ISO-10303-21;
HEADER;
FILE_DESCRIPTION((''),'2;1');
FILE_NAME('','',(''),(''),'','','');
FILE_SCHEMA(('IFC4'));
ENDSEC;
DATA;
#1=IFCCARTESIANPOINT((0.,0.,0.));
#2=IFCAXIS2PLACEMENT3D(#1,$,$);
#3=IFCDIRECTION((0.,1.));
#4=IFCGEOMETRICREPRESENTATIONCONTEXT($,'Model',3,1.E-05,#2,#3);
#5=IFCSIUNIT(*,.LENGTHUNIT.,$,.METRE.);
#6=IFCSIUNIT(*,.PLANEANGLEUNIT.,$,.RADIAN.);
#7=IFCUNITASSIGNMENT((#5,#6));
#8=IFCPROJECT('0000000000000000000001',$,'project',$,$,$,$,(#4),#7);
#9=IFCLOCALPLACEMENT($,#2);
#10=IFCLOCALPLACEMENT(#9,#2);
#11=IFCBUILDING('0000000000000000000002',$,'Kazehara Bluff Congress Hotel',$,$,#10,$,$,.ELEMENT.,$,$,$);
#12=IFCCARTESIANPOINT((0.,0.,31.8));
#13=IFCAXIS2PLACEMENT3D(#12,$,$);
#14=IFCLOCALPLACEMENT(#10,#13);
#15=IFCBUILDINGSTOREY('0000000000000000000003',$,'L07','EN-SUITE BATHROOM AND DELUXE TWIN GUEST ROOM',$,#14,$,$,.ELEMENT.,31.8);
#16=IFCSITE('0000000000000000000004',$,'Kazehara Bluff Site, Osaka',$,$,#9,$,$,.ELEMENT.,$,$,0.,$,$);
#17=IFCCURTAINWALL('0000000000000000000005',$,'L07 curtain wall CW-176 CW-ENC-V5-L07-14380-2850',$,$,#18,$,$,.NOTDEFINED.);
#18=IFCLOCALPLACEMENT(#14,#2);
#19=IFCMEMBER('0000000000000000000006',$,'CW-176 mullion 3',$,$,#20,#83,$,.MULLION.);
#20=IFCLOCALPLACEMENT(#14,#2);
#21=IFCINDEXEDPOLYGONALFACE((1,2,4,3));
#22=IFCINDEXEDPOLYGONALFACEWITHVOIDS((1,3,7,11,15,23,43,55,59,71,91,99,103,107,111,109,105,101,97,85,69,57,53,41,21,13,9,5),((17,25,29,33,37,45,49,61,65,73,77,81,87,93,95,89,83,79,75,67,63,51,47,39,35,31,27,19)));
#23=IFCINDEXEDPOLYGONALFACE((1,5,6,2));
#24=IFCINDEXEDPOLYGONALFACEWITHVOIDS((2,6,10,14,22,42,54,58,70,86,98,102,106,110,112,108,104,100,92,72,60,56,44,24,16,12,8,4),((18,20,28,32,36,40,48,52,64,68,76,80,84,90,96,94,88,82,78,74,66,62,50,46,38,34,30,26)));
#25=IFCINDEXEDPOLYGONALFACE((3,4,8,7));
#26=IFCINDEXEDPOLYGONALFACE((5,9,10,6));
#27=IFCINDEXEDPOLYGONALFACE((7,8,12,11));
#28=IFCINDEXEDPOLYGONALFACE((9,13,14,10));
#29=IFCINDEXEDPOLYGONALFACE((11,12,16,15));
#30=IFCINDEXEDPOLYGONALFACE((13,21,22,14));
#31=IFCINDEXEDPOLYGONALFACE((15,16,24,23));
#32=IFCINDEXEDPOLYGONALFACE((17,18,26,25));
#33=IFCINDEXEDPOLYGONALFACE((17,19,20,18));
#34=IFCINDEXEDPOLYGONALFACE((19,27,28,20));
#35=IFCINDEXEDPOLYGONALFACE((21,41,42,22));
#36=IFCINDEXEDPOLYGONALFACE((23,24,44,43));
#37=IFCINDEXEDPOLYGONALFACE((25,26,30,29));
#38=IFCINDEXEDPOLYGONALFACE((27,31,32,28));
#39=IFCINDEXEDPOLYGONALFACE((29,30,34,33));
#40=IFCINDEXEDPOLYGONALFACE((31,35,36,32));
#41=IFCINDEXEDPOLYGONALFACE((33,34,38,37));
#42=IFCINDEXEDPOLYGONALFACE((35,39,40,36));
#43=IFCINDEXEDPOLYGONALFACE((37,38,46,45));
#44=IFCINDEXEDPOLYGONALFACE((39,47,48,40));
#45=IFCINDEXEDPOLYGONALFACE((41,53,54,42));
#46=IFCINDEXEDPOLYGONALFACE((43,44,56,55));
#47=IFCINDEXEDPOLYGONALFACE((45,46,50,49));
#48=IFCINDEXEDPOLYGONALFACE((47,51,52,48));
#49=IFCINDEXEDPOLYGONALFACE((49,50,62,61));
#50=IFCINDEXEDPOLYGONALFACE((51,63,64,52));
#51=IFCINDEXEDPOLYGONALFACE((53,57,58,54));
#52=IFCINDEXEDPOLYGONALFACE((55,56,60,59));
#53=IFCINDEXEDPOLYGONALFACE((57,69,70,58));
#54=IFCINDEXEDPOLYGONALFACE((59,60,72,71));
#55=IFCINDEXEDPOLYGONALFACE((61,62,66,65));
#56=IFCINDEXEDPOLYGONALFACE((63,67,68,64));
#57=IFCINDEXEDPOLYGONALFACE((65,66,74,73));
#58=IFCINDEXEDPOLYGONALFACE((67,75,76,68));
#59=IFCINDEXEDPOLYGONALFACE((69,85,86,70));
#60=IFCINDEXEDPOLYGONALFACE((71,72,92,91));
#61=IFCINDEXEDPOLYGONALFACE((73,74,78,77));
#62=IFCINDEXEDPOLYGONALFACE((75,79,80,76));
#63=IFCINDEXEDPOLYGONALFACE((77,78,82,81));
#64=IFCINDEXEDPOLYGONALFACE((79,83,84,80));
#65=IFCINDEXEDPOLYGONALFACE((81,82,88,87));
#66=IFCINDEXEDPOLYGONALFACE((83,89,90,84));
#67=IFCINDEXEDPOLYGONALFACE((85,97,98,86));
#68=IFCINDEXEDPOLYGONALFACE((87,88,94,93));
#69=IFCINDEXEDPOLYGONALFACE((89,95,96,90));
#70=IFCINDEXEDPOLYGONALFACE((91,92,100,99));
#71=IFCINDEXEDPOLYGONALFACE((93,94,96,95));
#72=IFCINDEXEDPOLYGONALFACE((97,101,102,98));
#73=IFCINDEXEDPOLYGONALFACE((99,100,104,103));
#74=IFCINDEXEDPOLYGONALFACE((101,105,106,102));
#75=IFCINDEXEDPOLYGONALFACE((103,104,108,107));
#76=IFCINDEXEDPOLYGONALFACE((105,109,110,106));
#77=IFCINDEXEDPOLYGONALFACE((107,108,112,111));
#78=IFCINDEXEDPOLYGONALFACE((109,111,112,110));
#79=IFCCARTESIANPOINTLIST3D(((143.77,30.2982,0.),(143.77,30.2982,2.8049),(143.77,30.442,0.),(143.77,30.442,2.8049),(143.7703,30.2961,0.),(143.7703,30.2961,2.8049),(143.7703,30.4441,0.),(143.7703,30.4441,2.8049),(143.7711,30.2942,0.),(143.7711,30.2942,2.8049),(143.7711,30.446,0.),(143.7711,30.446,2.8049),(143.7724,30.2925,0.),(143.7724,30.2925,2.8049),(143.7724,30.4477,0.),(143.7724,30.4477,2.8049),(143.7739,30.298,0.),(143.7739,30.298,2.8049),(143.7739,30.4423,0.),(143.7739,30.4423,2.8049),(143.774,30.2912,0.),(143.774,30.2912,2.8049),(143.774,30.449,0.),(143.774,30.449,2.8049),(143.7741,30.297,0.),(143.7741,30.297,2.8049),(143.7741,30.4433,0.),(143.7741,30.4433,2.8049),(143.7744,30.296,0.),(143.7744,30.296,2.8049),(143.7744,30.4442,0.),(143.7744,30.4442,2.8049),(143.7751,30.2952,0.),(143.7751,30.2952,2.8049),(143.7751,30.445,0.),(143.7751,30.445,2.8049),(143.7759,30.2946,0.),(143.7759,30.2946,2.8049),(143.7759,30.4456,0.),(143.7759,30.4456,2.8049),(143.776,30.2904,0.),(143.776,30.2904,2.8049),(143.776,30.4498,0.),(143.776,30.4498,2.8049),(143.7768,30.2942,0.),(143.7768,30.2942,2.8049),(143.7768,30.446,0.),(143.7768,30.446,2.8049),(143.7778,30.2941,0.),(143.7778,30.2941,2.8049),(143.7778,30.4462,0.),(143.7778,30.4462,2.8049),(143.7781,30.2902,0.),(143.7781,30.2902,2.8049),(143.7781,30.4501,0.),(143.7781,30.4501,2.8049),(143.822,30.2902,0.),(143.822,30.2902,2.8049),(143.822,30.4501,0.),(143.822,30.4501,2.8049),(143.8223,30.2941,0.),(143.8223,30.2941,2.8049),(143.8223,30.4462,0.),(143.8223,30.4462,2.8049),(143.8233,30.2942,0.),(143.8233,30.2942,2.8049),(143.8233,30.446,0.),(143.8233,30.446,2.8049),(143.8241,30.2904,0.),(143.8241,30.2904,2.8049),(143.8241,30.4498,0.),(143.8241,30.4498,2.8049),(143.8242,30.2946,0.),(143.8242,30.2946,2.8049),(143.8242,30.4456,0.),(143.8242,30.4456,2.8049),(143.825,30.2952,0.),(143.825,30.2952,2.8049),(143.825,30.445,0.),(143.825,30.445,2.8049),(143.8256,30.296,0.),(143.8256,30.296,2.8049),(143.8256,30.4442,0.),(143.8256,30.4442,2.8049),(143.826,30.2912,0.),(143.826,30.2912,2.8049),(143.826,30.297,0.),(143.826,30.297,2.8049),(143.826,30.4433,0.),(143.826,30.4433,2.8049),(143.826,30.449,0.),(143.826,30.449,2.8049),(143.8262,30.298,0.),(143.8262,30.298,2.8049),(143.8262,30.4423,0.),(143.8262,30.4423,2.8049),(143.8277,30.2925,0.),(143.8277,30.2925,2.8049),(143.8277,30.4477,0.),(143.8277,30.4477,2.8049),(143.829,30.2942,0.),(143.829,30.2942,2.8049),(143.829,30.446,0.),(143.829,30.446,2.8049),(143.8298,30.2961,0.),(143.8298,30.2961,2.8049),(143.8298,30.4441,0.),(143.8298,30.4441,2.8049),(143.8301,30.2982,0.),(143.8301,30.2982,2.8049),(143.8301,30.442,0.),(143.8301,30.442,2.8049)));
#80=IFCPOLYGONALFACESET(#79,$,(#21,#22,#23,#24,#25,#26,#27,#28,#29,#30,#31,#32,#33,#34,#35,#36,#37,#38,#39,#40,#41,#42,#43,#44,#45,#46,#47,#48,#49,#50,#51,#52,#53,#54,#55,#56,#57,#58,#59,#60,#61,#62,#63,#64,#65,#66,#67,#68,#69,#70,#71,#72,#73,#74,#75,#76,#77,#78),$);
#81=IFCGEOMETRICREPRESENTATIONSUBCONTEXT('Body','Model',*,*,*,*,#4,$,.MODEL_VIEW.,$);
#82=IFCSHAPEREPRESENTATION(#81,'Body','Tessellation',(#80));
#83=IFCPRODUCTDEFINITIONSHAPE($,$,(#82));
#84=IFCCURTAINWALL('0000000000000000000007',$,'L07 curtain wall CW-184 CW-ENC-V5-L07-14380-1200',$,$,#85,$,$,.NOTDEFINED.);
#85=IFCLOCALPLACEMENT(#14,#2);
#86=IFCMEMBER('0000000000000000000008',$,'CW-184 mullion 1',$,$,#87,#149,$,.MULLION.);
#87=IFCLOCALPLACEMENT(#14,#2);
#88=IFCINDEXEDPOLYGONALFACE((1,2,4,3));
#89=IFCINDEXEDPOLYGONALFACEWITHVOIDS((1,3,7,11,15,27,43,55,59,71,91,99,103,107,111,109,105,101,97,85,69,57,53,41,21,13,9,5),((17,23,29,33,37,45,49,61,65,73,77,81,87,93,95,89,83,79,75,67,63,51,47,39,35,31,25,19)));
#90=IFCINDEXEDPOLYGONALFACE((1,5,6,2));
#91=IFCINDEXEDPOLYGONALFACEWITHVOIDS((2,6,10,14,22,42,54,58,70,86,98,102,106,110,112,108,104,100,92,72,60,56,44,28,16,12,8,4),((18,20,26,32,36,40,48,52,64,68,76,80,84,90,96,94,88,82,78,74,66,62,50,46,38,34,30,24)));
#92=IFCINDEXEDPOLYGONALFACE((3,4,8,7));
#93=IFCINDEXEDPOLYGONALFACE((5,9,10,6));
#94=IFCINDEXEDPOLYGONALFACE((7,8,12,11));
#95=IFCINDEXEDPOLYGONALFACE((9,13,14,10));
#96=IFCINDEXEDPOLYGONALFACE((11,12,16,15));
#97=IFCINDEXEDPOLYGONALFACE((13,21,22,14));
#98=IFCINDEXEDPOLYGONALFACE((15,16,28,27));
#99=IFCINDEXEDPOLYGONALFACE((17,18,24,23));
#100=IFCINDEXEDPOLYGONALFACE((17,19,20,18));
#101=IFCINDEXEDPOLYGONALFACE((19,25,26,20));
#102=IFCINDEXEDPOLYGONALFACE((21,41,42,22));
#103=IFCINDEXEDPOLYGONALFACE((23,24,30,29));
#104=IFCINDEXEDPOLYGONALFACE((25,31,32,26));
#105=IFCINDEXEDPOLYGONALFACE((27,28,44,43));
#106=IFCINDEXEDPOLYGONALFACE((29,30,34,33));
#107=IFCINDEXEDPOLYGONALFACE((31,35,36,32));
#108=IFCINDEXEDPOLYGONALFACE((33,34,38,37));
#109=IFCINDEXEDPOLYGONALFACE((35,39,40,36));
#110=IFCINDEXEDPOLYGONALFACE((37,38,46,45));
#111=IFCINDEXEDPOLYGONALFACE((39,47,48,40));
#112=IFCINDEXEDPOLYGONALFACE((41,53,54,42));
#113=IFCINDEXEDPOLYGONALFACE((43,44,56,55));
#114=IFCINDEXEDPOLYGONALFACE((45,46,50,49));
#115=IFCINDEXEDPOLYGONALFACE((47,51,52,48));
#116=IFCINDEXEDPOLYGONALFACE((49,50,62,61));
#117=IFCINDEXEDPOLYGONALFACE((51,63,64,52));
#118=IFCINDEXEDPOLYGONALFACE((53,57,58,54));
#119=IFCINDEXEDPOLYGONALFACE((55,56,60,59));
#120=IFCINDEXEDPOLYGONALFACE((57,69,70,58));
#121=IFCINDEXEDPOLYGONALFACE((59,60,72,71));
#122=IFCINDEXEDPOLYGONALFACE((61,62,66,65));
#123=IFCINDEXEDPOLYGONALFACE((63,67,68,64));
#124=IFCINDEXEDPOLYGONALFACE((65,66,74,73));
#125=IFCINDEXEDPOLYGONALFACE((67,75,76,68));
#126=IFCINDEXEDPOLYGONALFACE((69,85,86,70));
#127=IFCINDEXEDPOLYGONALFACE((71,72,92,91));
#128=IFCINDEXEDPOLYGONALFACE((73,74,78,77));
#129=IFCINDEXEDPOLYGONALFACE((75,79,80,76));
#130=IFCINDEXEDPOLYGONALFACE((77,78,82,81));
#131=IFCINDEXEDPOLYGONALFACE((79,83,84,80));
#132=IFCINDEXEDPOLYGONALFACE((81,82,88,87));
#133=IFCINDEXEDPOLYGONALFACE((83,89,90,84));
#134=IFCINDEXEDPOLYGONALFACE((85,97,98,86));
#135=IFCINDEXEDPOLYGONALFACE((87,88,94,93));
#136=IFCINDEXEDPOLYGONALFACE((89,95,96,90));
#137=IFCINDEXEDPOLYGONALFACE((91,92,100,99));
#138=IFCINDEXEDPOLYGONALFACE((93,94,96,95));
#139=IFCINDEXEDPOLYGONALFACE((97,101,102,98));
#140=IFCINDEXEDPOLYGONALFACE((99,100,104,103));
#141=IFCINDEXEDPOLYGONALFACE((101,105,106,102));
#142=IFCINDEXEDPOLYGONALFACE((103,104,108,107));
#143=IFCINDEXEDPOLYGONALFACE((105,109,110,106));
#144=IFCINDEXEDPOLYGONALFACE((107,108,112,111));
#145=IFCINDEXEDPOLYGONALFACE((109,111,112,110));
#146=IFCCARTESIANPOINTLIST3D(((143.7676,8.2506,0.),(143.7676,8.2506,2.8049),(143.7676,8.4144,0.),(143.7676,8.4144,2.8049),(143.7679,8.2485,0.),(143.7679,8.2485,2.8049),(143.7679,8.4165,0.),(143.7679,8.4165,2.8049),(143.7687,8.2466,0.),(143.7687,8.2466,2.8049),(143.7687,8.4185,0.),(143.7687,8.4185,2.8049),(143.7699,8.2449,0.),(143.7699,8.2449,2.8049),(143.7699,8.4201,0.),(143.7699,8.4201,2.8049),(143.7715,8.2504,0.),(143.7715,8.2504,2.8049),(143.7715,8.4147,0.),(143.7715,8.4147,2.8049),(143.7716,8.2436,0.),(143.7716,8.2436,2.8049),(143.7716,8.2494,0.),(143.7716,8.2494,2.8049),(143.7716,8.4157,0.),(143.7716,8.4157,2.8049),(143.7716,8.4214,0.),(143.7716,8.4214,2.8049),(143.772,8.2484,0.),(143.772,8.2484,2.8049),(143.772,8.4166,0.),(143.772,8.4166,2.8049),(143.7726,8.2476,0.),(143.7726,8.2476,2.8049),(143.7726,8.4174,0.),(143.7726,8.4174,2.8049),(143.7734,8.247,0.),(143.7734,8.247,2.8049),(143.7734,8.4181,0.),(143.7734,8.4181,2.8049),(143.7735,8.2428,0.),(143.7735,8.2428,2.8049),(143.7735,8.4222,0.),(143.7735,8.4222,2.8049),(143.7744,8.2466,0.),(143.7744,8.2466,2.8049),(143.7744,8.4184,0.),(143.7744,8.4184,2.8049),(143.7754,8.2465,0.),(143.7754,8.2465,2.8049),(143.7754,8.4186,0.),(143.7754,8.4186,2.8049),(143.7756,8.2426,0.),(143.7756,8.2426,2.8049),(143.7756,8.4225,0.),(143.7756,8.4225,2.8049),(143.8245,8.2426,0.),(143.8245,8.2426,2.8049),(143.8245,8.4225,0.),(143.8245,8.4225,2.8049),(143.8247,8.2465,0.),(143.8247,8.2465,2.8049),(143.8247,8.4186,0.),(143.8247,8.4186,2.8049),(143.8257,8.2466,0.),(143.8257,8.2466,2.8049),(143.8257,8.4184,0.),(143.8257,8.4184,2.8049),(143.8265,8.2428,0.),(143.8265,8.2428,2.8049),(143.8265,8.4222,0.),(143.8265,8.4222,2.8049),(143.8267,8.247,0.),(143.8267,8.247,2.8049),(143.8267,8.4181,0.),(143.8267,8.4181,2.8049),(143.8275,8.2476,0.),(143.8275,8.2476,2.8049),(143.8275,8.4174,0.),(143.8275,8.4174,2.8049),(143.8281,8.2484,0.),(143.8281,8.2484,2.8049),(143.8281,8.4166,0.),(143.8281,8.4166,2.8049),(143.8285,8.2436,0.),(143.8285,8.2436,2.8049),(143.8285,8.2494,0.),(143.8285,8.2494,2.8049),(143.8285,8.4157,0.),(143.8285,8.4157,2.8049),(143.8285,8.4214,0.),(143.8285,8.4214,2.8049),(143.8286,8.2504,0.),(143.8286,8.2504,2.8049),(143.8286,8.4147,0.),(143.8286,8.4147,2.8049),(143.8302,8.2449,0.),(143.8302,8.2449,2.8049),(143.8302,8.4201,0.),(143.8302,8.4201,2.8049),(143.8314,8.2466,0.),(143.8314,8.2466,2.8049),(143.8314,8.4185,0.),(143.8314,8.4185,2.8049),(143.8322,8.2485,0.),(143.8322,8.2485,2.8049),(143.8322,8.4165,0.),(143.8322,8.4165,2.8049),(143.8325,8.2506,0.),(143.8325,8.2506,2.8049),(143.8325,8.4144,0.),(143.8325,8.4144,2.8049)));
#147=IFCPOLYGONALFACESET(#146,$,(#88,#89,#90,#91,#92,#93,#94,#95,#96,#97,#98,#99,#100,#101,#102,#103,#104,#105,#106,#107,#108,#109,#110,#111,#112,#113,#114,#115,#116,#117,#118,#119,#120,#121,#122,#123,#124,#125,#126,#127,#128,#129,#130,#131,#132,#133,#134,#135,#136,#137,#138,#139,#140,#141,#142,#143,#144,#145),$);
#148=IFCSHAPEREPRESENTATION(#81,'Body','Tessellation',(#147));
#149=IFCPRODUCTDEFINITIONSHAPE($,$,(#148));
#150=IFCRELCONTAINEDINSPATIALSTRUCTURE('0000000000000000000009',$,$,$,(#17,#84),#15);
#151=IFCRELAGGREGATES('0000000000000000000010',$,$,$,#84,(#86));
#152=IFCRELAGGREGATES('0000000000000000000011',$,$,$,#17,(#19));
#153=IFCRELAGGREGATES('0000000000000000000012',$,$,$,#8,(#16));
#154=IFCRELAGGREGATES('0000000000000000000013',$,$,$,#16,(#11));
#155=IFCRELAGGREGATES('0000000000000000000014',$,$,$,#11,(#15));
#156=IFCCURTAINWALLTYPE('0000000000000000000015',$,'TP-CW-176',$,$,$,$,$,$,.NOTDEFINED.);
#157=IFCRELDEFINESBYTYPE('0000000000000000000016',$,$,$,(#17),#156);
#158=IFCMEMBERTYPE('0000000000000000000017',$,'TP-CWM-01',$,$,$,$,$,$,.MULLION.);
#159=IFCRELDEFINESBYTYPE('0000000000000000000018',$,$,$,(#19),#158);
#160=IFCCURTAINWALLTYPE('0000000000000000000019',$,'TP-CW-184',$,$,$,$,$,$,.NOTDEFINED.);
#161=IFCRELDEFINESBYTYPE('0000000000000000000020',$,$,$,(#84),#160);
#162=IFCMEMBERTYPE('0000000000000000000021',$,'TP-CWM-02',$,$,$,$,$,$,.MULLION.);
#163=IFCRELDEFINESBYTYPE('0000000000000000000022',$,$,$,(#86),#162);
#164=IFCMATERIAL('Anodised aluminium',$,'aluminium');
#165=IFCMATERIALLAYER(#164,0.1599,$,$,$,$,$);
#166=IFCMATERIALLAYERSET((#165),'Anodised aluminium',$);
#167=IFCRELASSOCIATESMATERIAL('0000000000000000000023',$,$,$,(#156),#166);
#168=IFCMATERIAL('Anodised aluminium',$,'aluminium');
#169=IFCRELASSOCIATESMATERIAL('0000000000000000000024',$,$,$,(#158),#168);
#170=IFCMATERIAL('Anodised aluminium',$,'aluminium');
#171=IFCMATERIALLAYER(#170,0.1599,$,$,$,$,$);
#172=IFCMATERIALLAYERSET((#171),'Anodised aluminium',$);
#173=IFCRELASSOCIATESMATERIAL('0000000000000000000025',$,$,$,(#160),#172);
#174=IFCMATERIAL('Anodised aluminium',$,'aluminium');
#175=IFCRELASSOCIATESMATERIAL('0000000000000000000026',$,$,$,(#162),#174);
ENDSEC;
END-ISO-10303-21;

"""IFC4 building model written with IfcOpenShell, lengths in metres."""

from ifc_helpers import new_model, si_unit, direction, frame, origin, origin_2d, place, context, subcontext, project, spatial, hollow_rectangle, extrude, material, layer, layer_set, material_profile, profile_set, type_object, element, aggregate, save


model = new_model("IFC4")

# Units and contexts
model_context = context("Model", 3, precision=1e-05, world=origin(), true_north=direction((0.0, 1.0)))
body_context = subcontext(model_context, "Body", "Model", "MODEL_VIEW")
ifc_project = project(units=[si_unit("LENGTHUNIT", "METRE"), si_unit("PLANEANGLEUNIT", "RADIAN")], contexts=[model_context])

# Site, building, storey
site_placement = place(None, origin())
site = spatial("IfcSite", under=ifc_project, at=site_placement, Name="Kazehara Bluff Site, Osaka", CompositionType="ELEMENT", RefElevation=0.0)
building_placement = place(site_placement, origin())
building = spatial("IfcBuilding", under=site, at=building_placement, Name="Kazehara Bluff Congress Hotel", CompositionType="ELEMENT")
storey_placement = place(building_placement, frame((0.0, 0.0, 31.8)))
storey = spatial("IfcBuildingStorey", under=building, at=storey_placement, Name="L07", Description="EN-SUITE BATHROOM AND DELUXE TWIN GUEST ROOM", CompositionType="ELEMENT", Elevation=31.8)

# Curtain walls, members
ifc_material_1 = material(Name="Anodised aluminium", Category="aluminium")
ifc_layer_1 = layer(ifc_material_1, 0.1599)
ifc_layer_set_1 = layer_set([ifc_layer_1], Name="Anodised aluminium")
curtain_wall_type_1 = type_object("IfcCurtainWallType", Name="TP-CW-176", PredefinedType="NOTDEFINED", material=ifc_layer_set_1)
curtain_wall_1_placement = place(storey_placement, origin())
curtain_wall_1 = element("IfcCurtainWall", 1, at=curtain_wall_1_placement, inside=storey, type_object=curtain_wall_type_1, Name="L07 curtain wall CW-176 CW-ENC-V5-L07-14380-2850", PredefinedType="NOTDEFINED")
ifc_material_2 = material(Name="Anodised aluminium", Category="aluminium")
ifc_material_profile_1 = material_profile(ifc_material_2, hollow_rectangle(XDim=0.0601, YDim=0.1599, WallThickness=0.0039, InnerFilletRadius=0.0039, OuterFilletRadius=0.0081, at=origin_2d()))
ifc_profile_set_1 = profile_set([ifc_material_profile_1], Name="Anodised aluminium")
member_type_1 = type_object("IfcMemberType", Name="TP-CWM-01", PredefinedType="MULLION", material=ifc_profile_set_1)
member_1_placement = place(storey_placement, frame((143.8, 30.3701, 0.0), z_axis=(0.0, 0.0, 1.0), x_axis=(-1.0, 0.0, 0.0)))
member_1 = element("IfcMember", 2, at=member_1_placement, type_object=member_type_1, Name="CW-176 mullion 3", PredefinedType="MULLION", context=body_context, shape_type="SweptSolid", body=[
    extrude(hollow_rectangle(XDim=0.0601, YDim=0.1599, WallThickness=0.0039, InnerFilletRadius=0.0039, OuterFilletRadius=0.0081, at=origin_2d()), origin(), (0.0, 0.0, 1.0), 2.8049),
])
ifc_material_3 = material(Name="Anodised aluminium", Category="aluminium")
ifc_layer_2 = layer(ifc_material_3, 0.1599)
ifc_layer_set_2 = layer_set([ifc_layer_2], Name="Anodised aluminium")
curtain_wall_type_2 = type_object("IfcCurtainWallType", Name="TP-CW-184", PredefinedType="NOTDEFINED", material=ifc_layer_set_2)
curtain_wall_2_placement = place(storey_placement, origin())
curtain_wall_2 = element("IfcCurtainWall", 3, at=curtain_wall_2_placement, inside=storey, type_object=curtain_wall_type_2, Name="L07 curtain wall CW-184 CW-ENC-V5-L07-14380-1200", PredefinedType="NOTDEFINED")
ifc_material_4 = material(Name="Anodised aluminium", Category="aluminium")
ifc_material_profile_2 = material_profile(ifc_material_4, hollow_rectangle(XDim=0.0649, YDim=0.1799, WallThickness=0.0039, InnerFilletRadius=0.0039, OuterFilletRadius=0.0081, at=origin_2d()))
ifc_profile_set_2 = profile_set([ifc_material_profile_2], Name="Anodised aluminium")
member_type_2 = type_object("IfcMemberType", Name="TP-CWM-02", PredefinedType="MULLION", material=ifc_profile_set_2)
member_2_placement = place(storey_placement, frame((143.8, 8.3325, 0.0), z_axis=(0.0, 0.0, 1.0), x_axis=(-1.0, 0.0, 0.0)))
member_2 = element("IfcMember", 4, at=member_2_placement, type_object=member_type_2, Name="CW-184 mullion 1", PredefinedType="MULLION", context=body_context, shape_type="SweptSolid", body=[
    extrude(hollow_rectangle(XDim=0.0649, YDim=0.1799, WallThickness=0.0039, InnerFilletRadius=0.0039, OuterFilletRadius=0.0081, at=origin_2d()), origin(), (0.0, 0.0, 1.0), 2.8049),
])

aggregate(curtain_wall_2, [member_2])
aggregate(curtain_wall_1, [member_1])

save(model, "model.ifc")
